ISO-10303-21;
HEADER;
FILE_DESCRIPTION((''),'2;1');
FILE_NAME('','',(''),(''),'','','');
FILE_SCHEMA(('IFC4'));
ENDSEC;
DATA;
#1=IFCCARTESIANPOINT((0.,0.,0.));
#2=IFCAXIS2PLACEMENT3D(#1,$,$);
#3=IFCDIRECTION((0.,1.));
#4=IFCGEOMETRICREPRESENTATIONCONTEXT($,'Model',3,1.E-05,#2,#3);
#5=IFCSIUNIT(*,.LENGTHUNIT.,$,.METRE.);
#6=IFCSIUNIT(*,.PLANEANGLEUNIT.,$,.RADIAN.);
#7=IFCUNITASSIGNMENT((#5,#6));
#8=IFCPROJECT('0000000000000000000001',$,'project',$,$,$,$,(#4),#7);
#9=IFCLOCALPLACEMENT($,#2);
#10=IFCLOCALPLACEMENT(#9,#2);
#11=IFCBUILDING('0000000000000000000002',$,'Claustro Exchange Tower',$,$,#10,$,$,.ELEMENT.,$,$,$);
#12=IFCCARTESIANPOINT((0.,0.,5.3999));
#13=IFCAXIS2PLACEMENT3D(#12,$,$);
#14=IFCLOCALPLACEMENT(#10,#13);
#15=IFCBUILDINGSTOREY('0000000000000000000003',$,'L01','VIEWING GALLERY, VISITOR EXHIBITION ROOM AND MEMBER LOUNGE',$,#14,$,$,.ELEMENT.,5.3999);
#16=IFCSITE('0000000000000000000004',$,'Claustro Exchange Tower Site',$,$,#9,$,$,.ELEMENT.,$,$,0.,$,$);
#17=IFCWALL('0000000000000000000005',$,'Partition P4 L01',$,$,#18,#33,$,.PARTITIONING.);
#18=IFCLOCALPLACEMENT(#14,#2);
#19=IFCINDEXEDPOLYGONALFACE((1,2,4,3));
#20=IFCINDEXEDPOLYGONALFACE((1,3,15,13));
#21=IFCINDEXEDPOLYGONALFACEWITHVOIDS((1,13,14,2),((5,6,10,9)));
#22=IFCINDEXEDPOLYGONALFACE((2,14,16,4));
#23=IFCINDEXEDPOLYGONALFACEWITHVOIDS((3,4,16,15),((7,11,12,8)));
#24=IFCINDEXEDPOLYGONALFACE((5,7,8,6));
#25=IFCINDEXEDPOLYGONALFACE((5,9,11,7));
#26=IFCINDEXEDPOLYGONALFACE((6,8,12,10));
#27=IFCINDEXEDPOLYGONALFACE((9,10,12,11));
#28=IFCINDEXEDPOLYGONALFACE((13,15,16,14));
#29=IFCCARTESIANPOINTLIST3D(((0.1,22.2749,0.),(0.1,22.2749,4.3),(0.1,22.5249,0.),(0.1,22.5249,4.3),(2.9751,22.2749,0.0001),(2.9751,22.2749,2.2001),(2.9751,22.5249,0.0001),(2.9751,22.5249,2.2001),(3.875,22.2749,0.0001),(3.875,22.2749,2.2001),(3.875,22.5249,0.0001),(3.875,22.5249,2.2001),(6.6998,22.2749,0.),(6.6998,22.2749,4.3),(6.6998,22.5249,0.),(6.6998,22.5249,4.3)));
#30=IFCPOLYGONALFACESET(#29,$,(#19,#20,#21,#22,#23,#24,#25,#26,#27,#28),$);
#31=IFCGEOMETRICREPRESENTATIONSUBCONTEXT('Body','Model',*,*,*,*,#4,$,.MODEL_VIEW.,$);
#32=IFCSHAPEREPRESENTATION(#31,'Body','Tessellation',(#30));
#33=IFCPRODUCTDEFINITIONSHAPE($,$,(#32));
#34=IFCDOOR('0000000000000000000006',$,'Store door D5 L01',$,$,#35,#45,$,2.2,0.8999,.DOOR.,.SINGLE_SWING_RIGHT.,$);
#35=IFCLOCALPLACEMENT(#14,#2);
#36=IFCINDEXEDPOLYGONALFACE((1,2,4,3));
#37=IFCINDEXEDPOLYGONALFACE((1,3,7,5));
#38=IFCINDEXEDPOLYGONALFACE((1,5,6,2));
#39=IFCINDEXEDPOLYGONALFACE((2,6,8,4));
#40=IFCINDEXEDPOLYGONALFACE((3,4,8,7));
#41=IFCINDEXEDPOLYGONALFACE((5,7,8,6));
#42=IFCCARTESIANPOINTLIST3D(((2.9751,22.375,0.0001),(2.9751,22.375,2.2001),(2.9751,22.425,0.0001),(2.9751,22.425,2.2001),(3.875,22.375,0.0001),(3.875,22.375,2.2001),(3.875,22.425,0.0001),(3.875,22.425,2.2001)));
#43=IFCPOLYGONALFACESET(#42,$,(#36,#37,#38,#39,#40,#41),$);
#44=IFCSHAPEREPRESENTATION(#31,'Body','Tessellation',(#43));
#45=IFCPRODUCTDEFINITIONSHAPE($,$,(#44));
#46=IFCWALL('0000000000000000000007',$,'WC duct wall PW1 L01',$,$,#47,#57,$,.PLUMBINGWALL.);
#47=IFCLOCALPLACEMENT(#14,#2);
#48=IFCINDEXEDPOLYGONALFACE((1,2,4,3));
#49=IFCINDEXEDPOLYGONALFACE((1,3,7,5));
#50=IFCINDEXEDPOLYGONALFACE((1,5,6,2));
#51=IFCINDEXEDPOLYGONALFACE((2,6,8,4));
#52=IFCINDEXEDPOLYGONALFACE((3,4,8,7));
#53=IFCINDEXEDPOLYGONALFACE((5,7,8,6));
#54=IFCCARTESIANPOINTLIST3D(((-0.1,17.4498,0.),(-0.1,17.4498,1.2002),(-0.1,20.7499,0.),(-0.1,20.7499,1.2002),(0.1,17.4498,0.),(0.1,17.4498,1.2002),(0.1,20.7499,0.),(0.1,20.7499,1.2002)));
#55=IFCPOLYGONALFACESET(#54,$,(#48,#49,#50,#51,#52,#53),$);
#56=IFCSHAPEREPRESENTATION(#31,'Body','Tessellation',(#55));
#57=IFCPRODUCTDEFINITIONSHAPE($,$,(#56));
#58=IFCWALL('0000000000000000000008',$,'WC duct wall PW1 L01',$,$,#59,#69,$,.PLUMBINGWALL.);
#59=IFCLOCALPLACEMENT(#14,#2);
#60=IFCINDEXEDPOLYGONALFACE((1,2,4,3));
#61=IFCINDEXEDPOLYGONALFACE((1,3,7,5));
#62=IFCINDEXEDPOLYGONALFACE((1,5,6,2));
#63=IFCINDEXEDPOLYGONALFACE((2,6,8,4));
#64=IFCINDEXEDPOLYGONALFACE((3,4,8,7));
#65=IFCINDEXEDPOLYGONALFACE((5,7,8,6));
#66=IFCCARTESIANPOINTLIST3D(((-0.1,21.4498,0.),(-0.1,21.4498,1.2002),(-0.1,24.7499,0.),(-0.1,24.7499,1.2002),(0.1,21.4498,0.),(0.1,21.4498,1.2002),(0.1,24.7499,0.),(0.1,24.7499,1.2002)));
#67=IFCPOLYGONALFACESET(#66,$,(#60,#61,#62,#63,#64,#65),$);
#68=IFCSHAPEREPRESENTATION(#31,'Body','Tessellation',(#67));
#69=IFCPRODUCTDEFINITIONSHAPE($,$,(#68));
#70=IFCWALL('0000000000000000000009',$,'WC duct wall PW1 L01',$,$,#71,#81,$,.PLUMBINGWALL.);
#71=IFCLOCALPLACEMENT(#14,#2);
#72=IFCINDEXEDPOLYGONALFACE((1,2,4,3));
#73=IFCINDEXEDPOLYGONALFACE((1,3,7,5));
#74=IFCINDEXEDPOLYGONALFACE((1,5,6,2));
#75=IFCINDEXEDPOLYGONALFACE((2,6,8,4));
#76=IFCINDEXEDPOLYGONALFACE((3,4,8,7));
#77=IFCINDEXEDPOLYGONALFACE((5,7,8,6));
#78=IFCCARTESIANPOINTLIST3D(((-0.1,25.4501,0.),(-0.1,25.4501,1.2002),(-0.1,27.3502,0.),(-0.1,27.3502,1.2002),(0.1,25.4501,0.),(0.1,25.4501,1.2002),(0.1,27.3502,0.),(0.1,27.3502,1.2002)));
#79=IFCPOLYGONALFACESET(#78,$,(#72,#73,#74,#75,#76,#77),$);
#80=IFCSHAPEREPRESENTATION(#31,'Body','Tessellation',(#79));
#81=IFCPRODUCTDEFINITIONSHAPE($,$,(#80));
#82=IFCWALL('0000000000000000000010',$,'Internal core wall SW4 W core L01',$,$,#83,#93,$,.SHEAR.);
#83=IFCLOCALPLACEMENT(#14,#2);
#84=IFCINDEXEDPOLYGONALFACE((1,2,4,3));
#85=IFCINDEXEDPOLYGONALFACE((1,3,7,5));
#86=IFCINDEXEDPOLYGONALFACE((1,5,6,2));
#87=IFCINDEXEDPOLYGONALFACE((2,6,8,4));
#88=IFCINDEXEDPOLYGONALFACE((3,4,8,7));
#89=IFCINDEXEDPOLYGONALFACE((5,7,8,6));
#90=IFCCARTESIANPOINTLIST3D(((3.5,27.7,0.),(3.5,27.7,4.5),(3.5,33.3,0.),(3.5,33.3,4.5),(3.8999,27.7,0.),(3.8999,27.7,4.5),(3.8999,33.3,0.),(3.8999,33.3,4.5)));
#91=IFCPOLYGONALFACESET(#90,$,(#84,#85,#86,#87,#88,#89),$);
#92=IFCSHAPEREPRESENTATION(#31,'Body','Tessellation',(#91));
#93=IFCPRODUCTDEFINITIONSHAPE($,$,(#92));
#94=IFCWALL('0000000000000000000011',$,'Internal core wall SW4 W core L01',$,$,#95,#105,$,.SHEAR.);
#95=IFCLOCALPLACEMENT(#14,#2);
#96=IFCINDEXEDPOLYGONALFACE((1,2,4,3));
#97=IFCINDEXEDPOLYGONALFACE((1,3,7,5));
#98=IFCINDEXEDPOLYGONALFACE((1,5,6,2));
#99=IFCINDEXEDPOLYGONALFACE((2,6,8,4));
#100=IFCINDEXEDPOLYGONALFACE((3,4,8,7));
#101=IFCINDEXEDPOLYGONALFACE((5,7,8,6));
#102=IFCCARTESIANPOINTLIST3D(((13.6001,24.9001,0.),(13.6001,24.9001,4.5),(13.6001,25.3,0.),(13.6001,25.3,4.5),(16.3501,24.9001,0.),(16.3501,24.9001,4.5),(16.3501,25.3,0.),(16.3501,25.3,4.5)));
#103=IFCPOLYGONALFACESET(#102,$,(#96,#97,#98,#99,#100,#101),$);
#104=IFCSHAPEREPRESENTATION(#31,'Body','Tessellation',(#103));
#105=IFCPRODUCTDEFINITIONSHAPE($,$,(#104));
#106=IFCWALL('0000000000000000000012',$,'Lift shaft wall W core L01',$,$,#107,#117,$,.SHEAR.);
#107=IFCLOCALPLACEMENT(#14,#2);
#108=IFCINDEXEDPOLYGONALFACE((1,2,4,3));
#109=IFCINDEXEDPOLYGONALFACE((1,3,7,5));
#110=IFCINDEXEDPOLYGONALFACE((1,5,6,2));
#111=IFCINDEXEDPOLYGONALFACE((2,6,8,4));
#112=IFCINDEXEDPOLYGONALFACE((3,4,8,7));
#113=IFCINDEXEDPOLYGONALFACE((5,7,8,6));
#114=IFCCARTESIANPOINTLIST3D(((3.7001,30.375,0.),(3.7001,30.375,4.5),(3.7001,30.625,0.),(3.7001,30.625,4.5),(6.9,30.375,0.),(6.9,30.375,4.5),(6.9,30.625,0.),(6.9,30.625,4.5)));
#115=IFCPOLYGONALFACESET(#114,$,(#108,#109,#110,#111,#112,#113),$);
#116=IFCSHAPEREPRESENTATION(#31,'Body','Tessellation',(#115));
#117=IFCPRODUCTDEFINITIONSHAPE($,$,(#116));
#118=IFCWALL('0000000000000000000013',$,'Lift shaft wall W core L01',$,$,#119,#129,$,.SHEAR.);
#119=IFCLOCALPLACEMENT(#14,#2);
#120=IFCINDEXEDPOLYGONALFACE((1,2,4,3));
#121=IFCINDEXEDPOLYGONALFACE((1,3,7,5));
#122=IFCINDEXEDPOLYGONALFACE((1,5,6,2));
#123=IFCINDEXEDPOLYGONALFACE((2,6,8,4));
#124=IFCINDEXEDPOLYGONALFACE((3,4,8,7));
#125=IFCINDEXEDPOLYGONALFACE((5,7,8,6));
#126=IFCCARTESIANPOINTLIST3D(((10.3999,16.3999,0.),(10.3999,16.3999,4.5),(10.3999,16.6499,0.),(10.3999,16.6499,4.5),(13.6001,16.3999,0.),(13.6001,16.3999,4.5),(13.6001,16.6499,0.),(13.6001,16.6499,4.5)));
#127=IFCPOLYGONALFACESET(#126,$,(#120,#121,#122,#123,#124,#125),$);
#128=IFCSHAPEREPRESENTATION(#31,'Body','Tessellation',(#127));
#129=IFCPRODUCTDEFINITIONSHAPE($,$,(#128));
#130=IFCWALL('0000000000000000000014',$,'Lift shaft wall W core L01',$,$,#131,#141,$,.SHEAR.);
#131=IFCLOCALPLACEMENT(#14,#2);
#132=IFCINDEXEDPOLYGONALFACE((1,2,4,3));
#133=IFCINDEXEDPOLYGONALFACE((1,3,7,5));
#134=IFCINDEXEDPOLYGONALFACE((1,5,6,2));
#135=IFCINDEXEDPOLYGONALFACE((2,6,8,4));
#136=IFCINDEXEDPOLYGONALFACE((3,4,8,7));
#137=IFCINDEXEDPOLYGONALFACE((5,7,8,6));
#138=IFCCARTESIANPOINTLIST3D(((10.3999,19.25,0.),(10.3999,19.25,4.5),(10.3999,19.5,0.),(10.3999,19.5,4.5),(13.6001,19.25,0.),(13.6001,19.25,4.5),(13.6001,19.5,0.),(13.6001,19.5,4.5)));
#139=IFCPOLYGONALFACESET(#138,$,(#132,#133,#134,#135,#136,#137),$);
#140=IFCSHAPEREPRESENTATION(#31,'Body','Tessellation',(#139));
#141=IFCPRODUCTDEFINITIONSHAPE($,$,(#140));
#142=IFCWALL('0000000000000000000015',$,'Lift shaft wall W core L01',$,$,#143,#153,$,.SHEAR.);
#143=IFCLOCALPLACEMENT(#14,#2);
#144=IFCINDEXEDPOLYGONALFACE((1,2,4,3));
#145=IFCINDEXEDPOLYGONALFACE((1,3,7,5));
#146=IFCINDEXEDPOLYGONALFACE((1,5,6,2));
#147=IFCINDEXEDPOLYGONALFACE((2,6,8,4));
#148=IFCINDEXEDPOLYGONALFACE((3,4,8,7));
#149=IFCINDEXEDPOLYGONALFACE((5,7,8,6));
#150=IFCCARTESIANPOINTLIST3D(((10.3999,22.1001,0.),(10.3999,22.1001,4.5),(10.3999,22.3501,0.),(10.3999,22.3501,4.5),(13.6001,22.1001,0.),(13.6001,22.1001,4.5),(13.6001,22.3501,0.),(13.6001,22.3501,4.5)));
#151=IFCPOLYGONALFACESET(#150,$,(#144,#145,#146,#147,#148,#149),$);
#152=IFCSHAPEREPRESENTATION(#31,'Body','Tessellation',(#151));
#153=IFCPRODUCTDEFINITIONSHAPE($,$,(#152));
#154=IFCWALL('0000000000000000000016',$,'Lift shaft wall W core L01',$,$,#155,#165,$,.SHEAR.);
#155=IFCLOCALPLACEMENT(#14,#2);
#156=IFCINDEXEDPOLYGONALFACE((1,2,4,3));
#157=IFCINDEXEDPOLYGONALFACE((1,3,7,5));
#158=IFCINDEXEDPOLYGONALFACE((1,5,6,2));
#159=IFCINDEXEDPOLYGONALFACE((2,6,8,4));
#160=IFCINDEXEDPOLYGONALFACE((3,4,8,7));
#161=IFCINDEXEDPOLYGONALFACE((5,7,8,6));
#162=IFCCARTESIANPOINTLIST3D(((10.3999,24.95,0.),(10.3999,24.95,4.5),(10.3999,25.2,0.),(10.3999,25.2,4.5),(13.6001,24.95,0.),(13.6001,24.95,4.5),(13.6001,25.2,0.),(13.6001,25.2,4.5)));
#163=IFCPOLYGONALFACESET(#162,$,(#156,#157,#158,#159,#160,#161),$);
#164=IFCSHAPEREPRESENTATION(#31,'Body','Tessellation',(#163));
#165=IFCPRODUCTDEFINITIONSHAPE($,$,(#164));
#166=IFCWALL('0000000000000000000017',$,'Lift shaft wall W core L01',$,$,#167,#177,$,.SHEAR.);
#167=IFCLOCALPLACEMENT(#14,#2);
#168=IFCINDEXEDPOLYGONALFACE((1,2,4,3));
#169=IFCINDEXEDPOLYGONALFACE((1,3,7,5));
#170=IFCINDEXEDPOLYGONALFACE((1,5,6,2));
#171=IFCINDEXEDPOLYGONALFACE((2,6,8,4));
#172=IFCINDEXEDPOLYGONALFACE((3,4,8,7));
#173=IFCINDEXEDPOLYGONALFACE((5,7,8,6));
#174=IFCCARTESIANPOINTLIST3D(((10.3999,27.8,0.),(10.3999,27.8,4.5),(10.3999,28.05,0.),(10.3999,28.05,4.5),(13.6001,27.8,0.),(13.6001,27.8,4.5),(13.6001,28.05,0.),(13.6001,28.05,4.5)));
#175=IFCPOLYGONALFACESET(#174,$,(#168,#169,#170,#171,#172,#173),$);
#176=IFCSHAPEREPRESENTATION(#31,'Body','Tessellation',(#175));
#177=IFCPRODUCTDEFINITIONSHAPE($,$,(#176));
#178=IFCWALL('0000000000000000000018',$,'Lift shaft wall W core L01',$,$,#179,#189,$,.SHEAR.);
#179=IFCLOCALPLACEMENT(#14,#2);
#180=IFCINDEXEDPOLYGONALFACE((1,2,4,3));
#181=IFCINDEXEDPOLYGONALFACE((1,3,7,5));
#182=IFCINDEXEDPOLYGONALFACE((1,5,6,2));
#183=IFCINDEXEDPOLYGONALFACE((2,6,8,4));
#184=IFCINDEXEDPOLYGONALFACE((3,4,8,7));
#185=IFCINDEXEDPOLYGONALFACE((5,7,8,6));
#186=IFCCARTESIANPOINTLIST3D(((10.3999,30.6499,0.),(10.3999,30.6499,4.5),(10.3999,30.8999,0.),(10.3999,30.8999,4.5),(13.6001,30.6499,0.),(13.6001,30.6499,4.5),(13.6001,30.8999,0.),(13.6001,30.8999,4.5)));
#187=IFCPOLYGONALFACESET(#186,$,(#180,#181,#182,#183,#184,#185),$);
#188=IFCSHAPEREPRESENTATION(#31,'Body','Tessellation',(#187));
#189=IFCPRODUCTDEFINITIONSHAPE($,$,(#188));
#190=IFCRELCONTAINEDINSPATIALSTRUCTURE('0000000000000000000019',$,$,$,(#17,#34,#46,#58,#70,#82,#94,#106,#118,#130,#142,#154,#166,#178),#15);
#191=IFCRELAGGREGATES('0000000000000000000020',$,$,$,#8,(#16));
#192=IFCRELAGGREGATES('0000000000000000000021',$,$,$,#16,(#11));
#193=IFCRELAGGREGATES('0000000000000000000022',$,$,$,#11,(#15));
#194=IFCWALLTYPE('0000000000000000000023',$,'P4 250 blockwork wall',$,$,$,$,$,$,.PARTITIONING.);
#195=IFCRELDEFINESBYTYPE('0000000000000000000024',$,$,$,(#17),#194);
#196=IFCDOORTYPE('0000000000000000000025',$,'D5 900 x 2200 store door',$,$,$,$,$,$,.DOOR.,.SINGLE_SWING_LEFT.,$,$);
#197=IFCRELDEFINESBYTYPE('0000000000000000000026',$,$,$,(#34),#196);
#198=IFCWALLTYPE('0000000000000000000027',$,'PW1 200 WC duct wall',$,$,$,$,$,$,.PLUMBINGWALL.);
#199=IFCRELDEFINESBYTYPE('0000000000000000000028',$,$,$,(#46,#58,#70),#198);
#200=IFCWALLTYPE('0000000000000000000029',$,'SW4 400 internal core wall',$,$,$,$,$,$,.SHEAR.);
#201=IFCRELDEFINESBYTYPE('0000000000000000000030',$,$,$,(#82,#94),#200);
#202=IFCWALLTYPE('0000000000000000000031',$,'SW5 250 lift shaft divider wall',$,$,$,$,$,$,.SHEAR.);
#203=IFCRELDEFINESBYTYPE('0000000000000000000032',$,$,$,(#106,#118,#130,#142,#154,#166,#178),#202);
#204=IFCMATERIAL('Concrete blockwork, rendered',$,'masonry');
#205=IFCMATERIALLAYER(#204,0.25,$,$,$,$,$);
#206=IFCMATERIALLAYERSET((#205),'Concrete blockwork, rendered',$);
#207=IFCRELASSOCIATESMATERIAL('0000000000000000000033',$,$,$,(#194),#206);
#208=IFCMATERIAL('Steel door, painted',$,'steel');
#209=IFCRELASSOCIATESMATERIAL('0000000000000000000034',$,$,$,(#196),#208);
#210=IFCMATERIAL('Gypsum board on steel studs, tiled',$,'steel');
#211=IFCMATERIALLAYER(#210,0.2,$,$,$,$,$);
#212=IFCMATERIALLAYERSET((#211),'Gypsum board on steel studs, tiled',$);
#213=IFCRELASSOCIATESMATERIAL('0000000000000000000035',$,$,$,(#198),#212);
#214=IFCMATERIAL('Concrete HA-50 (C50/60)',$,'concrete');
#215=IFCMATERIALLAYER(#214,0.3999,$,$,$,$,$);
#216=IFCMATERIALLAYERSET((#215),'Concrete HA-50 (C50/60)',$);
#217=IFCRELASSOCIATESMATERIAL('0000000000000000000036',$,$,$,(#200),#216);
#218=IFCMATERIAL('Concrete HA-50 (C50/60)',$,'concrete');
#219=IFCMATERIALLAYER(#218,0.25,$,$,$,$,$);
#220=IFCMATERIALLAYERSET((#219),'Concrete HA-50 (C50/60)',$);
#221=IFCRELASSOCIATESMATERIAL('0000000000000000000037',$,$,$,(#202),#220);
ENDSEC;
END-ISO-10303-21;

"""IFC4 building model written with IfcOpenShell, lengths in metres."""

from ifc_helpers import new_model, si_unit, direction, frame, frame_2d, origin, place, context, subcontext, project, spatial, rectangle, extrude, material, layer, layer_set, type_object, element, fill, save


model = new_model("IFC4")

# Units and contexts
model_context = context("Model", 3, precision=1e-05, world=origin(), true_north=direction((0.0, 1.0)))
body_context = subcontext(model_context, "Body", "Model", "MODEL_VIEW")
ifc_project = project(units=[si_unit("LENGTHUNIT", "METRE"), si_unit("PLANEANGLEUNIT", "RADIAN")], contexts=[model_context])

# Site, building, storey
site_placement = place(None, origin())
site = spatial("IfcSite", under=ifc_project, at=site_placement, Name="Claustro Exchange Tower Site", CompositionType="ELEMENT", RefElevation=0.0)
building_placement = place(site_placement, origin())
building = spatial("IfcBuilding", under=site, at=building_placement, Name="Claustro Exchange Tower", CompositionType="ELEMENT")
storey_placement = place(building_placement, frame((0.0, 0.0, 5.3999)))
storey = spatial("IfcBuildingStorey", under=building, at=storey_placement, Name="L01", Description="VIEWING GALLERY, VISITOR EXHIBITION ROOM AND MEMBER LOUNGE", CompositionType="ELEMENT", Elevation=5.3999)

# Wall, opening, door
ifc_material_1 = material(Name="Concrete blockwork, rendered", Category="masonry")
ifc_layer_1 = layer(ifc_material_1, 0.25)
ifc_layer_set_1 = layer_set([ifc_layer_1], Name="Concrete blockwork, rendered")
wall_type_1 = type_object("IfcWallType", Name="P4 250 blockwork wall", PredefinedType="PARTITIONING", material=ifc_layer_set_1)
wall_1_placement = place(storey_placement, frame((0.1001, 22.3999, 0.0), z_axis=(0.0, 0.0, 1.0), x_axis=(1.0, 0.0, 0.0)))
wall_1 = element("IfcWall", 1, at=wall_1_placement, inside=storey, type_object=wall_type_1, Name="Partition P4 L01", PredefinedType="PARTITIONING", context=body_context, shape_type="SweptSolid", body=[
    extrude(rectangle(XDim=6.5999, YDim=0.25, at=frame_2d((3.2998, 0.0))), origin(), (0.0, 0.0, 1.0), 4.3),
])
opening_placement = place(wall_1_placement, frame((2.875, 0.0, 0.0)))
opening = element("IfcOpeningElement", 2, at=opening_placement, cuts=wall_1, PredefinedType="OPENING", context=body_context, shape_type="SweptSolid", body=[
    extrude(rectangle(XDim=0.8999, YDim=2.2, at=frame_2d((0.45, 1.1001))), frame((0.0, 0.135, 0.0), z_axis=(0.0, -1.0, 0.0), x_axis=(1.0, 0.0, 0.0)), (0.0, 0.0, 1.0), 0.27),
])
ifc_material_2 = material(Name="Steel door, painted", Category="steel")
door_type = type_object("IfcDoorType", Name="D5 900 x 2200 store door", OperationType="SINGLE_SWING_LEFT", PredefinedType="DOOR", material=ifc_material_2)
door_placement = place(opening_placement, frame((0.8999, 0.0, 0.0), z_axis=(0.0, 0.0, 1.0), x_axis=(-1.0, 0.0, 0.0)))
door = element("IfcDoor", 3, at=door_placement, inside=storey, type_object=door_type, Name="Store door D5 L01", OperationType="SINGLE_SWING_RIGHT", OverallHeight=2.2, OverallWidth=0.8999, PredefinedType="DOOR", context=body_context, shape_type="SweptSolid", body=[
    extrude(rectangle(XDim=0.8999, YDim=2.2, at=frame_2d((0.45, 1.1001))), frame((0.0, 0.0249, 0.0), z_axis=(0.0, -1.0, 0.0), x_axis=(1.0, 0.0, 0.0)), (0.0, 0.0, 1.0), 0.05),
])
fill(opening, door)

# Walls
ifc_material_3 = material(Name="Gypsum board on steel studs, tiled", Category="steel")
ifc_layer_2 = layer(ifc_material_3, 0.2)
ifc_layer_set_2 = layer_set([ifc_layer_2], Name="Gypsum board on steel studs, tiled")
wall_type_2 = type_object("IfcWallType", Name="PW1 200 WC duct wall", PredefinedType="PLUMBINGWALL", material=ifc_layer_set_2)
for number, where, z_axis, x_axis, name in (
    (4, (0.0, 17.45, 0.0), (0.0, 0.0, 1.0), (0.0, 1.0, 0.0), "WC duct wall PW1 L01"),
    (5, (0.0, 21.45, 0.0), (0.0, 0.0, 1.0), (0.0, 1.0, 0.0), "WC duct wall PW1 L01"),
):
    element("IfcWall", number, at=place(storey_placement, frame(where, z_axis=z_axis, x_axis=x_axis)), inside=storey, type_object=wall_type_2, Name=name, PredefinedType="PLUMBINGWALL", context=body_context, shape_type="SweptSolid", body=[
        extrude(rectangle(XDim=3.3, YDim=0.2, at=frame_2d((1.6499, 0.0))), origin(), (0.0, 0.0, 1.0), 1.2002),
    ])
wall_2_placement = place(storey_placement, frame((0.0, 25.45, 0.0), z_axis=(0.0, 0.0, 1.0), x_axis=(0.0, 1.0, 0.0)))
element("IfcWall", 6, at=wall_2_placement, inside=storey, type_object=wall_type_2, Name="WC duct wall PW1 L01", PredefinedType="PLUMBINGWALL", context=body_context, shape_type="SweptSolid", body=[
    extrude(rectangle(XDim=1.9001, YDim=0.2, at=frame_2d((0.9502, 0.0))), origin(), (0.0, 0.0, 1.0), 1.2002),
])
ifc_material_4 = material(Name="Concrete HA-50 (C50/60)", Category="concrete")
ifc_layer_3 = layer(ifc_material_4, 0.3999)
ifc_layer_set_3 = layer_set([ifc_layer_3], Name="Concrete HA-50 (C50/60)")
wall_type_3 = type_object("IfcWallType", Name="SW4 400 internal core wall", PredefinedType="SHEAR", material=ifc_layer_set_3)
wall_3_placement = place(storey_placement, frame((3.7, 27.7, 0.0), z_axis=(0.0, 0.0, 1.0), x_axis=(0.0, 1.0, 0.0)))
element("IfcWall", 7, at=wall_3_placement, inside=storey, type_object=wall_type_3, Name="Internal core wall SW4 W core L01", PredefinedType="SHEAR", context=body_context, shape_type="SweptSolid", body=[
    extrude(rectangle(XDim=5.6001, YDim=0.3999, at=frame_2d((2.8, 0.0))), origin(), (0.0, 0.0, 1.0), 4.5),
])
wall_4_placement = place(storey_placement, frame((13.6001, 25.1001, 0.0), z_axis=(0.0, 0.0, 1.0), x_axis=(1.0, 0.0, 0.0)))
element("IfcWall", 8, at=wall_4_placement, inside=storey, type_object=wall_type_3, Name="Internal core wall SW4 W core L01", PredefinedType="SHEAR", context=body_context, shape_type="SweptSolid", body=[
    extrude(rectangle(XDim=2.75, YDim=0.3999, at=frame_2d((1.375, 0.0))), origin(), (0.0, 0.0, 1.0), 4.5),
])
ifc_material_5 = material(Name="Concrete HA-50 (C50/60)", Category="concrete")
ifc_layer_4 = layer(ifc_material_5, 0.25)
ifc_layer_set_4 = layer_set([ifc_layer_4], Name="Concrete HA-50 (C50/60)")
wall_type_4 = type_object("IfcWallType", Name="SW5 250 lift shaft divider wall", PredefinedType="SHEAR", material=ifc_layer_set_4)
wall_5_placement = place(storey_placement, frame((3.7, 30.5, 0.0), z_axis=(0.0, 0.0, 1.0), x_axis=(1.0, 0.0, 0.0)))
element("IfcWall", 9, at=wall_5_placement, inside=storey, type_object=wall_type_4, Name="Lift shaft wall W core L01", PredefinedType="SHEAR", context=body_context, shape_type="SweptSolid", body=[
    extrude(rectangle(XDim=3.2, YDim=0.25, at=frame_2d((1.6001, 0.0))), origin(), (0.0, 0.0, 1.0), 4.5),
])
for number, where, z_axis, x_axis, name in (
    (10, (10.3999, 16.5249, 0.0), (0.0, 0.0, 1.0), (1.0, 0.0, 0.0), "Lift shaft wall W core L01"),
    (11, (10.3999, 19.375, 0.0), (0.0, 0.0, 1.0), (1.0, 0.0, 0.0), "Lift shaft wall W core L01"),
    (12, (10.3999, 22.2251, 0.0), (0.0, 0.0, 1.0), (1.0, 0.0, 0.0), "Lift shaft wall W core L01"),
    (13, (10.3999, 25.075, 0.0), (0.0, 0.0, 1.0), (1.0, 0.0, 0.0), "Lift shaft wall W core L01"),
    (14, (10.3999, 27.925, 0.0), (0.0, 0.0, 1.0), (1.0, 0.0, 0.0), "Lift shaft wall W core L01"),
    (15, (10.3999, 30.7749, 0.0), (0.0, 0.0, 1.0), (1.0, 0.0, 0.0), "Lift shaft wall W core L01"),
):
    element("IfcWall", number, at=place(storey_placement, frame(where, z_axis=z_axis, x_axis=x_axis)), inside=storey, type_object=wall_type_4, Name=name, PredefinedType="SHEAR", context=body_context, shape_type="SweptSolid", body=[
        extrude(rectangle(XDim=3.2002, YDim=0.25, at=frame_2d((1.6001, 0.0))), origin(), (0.0, 0.0, 1.0), 4.5),
    ])

save(model, "model.ifc")
